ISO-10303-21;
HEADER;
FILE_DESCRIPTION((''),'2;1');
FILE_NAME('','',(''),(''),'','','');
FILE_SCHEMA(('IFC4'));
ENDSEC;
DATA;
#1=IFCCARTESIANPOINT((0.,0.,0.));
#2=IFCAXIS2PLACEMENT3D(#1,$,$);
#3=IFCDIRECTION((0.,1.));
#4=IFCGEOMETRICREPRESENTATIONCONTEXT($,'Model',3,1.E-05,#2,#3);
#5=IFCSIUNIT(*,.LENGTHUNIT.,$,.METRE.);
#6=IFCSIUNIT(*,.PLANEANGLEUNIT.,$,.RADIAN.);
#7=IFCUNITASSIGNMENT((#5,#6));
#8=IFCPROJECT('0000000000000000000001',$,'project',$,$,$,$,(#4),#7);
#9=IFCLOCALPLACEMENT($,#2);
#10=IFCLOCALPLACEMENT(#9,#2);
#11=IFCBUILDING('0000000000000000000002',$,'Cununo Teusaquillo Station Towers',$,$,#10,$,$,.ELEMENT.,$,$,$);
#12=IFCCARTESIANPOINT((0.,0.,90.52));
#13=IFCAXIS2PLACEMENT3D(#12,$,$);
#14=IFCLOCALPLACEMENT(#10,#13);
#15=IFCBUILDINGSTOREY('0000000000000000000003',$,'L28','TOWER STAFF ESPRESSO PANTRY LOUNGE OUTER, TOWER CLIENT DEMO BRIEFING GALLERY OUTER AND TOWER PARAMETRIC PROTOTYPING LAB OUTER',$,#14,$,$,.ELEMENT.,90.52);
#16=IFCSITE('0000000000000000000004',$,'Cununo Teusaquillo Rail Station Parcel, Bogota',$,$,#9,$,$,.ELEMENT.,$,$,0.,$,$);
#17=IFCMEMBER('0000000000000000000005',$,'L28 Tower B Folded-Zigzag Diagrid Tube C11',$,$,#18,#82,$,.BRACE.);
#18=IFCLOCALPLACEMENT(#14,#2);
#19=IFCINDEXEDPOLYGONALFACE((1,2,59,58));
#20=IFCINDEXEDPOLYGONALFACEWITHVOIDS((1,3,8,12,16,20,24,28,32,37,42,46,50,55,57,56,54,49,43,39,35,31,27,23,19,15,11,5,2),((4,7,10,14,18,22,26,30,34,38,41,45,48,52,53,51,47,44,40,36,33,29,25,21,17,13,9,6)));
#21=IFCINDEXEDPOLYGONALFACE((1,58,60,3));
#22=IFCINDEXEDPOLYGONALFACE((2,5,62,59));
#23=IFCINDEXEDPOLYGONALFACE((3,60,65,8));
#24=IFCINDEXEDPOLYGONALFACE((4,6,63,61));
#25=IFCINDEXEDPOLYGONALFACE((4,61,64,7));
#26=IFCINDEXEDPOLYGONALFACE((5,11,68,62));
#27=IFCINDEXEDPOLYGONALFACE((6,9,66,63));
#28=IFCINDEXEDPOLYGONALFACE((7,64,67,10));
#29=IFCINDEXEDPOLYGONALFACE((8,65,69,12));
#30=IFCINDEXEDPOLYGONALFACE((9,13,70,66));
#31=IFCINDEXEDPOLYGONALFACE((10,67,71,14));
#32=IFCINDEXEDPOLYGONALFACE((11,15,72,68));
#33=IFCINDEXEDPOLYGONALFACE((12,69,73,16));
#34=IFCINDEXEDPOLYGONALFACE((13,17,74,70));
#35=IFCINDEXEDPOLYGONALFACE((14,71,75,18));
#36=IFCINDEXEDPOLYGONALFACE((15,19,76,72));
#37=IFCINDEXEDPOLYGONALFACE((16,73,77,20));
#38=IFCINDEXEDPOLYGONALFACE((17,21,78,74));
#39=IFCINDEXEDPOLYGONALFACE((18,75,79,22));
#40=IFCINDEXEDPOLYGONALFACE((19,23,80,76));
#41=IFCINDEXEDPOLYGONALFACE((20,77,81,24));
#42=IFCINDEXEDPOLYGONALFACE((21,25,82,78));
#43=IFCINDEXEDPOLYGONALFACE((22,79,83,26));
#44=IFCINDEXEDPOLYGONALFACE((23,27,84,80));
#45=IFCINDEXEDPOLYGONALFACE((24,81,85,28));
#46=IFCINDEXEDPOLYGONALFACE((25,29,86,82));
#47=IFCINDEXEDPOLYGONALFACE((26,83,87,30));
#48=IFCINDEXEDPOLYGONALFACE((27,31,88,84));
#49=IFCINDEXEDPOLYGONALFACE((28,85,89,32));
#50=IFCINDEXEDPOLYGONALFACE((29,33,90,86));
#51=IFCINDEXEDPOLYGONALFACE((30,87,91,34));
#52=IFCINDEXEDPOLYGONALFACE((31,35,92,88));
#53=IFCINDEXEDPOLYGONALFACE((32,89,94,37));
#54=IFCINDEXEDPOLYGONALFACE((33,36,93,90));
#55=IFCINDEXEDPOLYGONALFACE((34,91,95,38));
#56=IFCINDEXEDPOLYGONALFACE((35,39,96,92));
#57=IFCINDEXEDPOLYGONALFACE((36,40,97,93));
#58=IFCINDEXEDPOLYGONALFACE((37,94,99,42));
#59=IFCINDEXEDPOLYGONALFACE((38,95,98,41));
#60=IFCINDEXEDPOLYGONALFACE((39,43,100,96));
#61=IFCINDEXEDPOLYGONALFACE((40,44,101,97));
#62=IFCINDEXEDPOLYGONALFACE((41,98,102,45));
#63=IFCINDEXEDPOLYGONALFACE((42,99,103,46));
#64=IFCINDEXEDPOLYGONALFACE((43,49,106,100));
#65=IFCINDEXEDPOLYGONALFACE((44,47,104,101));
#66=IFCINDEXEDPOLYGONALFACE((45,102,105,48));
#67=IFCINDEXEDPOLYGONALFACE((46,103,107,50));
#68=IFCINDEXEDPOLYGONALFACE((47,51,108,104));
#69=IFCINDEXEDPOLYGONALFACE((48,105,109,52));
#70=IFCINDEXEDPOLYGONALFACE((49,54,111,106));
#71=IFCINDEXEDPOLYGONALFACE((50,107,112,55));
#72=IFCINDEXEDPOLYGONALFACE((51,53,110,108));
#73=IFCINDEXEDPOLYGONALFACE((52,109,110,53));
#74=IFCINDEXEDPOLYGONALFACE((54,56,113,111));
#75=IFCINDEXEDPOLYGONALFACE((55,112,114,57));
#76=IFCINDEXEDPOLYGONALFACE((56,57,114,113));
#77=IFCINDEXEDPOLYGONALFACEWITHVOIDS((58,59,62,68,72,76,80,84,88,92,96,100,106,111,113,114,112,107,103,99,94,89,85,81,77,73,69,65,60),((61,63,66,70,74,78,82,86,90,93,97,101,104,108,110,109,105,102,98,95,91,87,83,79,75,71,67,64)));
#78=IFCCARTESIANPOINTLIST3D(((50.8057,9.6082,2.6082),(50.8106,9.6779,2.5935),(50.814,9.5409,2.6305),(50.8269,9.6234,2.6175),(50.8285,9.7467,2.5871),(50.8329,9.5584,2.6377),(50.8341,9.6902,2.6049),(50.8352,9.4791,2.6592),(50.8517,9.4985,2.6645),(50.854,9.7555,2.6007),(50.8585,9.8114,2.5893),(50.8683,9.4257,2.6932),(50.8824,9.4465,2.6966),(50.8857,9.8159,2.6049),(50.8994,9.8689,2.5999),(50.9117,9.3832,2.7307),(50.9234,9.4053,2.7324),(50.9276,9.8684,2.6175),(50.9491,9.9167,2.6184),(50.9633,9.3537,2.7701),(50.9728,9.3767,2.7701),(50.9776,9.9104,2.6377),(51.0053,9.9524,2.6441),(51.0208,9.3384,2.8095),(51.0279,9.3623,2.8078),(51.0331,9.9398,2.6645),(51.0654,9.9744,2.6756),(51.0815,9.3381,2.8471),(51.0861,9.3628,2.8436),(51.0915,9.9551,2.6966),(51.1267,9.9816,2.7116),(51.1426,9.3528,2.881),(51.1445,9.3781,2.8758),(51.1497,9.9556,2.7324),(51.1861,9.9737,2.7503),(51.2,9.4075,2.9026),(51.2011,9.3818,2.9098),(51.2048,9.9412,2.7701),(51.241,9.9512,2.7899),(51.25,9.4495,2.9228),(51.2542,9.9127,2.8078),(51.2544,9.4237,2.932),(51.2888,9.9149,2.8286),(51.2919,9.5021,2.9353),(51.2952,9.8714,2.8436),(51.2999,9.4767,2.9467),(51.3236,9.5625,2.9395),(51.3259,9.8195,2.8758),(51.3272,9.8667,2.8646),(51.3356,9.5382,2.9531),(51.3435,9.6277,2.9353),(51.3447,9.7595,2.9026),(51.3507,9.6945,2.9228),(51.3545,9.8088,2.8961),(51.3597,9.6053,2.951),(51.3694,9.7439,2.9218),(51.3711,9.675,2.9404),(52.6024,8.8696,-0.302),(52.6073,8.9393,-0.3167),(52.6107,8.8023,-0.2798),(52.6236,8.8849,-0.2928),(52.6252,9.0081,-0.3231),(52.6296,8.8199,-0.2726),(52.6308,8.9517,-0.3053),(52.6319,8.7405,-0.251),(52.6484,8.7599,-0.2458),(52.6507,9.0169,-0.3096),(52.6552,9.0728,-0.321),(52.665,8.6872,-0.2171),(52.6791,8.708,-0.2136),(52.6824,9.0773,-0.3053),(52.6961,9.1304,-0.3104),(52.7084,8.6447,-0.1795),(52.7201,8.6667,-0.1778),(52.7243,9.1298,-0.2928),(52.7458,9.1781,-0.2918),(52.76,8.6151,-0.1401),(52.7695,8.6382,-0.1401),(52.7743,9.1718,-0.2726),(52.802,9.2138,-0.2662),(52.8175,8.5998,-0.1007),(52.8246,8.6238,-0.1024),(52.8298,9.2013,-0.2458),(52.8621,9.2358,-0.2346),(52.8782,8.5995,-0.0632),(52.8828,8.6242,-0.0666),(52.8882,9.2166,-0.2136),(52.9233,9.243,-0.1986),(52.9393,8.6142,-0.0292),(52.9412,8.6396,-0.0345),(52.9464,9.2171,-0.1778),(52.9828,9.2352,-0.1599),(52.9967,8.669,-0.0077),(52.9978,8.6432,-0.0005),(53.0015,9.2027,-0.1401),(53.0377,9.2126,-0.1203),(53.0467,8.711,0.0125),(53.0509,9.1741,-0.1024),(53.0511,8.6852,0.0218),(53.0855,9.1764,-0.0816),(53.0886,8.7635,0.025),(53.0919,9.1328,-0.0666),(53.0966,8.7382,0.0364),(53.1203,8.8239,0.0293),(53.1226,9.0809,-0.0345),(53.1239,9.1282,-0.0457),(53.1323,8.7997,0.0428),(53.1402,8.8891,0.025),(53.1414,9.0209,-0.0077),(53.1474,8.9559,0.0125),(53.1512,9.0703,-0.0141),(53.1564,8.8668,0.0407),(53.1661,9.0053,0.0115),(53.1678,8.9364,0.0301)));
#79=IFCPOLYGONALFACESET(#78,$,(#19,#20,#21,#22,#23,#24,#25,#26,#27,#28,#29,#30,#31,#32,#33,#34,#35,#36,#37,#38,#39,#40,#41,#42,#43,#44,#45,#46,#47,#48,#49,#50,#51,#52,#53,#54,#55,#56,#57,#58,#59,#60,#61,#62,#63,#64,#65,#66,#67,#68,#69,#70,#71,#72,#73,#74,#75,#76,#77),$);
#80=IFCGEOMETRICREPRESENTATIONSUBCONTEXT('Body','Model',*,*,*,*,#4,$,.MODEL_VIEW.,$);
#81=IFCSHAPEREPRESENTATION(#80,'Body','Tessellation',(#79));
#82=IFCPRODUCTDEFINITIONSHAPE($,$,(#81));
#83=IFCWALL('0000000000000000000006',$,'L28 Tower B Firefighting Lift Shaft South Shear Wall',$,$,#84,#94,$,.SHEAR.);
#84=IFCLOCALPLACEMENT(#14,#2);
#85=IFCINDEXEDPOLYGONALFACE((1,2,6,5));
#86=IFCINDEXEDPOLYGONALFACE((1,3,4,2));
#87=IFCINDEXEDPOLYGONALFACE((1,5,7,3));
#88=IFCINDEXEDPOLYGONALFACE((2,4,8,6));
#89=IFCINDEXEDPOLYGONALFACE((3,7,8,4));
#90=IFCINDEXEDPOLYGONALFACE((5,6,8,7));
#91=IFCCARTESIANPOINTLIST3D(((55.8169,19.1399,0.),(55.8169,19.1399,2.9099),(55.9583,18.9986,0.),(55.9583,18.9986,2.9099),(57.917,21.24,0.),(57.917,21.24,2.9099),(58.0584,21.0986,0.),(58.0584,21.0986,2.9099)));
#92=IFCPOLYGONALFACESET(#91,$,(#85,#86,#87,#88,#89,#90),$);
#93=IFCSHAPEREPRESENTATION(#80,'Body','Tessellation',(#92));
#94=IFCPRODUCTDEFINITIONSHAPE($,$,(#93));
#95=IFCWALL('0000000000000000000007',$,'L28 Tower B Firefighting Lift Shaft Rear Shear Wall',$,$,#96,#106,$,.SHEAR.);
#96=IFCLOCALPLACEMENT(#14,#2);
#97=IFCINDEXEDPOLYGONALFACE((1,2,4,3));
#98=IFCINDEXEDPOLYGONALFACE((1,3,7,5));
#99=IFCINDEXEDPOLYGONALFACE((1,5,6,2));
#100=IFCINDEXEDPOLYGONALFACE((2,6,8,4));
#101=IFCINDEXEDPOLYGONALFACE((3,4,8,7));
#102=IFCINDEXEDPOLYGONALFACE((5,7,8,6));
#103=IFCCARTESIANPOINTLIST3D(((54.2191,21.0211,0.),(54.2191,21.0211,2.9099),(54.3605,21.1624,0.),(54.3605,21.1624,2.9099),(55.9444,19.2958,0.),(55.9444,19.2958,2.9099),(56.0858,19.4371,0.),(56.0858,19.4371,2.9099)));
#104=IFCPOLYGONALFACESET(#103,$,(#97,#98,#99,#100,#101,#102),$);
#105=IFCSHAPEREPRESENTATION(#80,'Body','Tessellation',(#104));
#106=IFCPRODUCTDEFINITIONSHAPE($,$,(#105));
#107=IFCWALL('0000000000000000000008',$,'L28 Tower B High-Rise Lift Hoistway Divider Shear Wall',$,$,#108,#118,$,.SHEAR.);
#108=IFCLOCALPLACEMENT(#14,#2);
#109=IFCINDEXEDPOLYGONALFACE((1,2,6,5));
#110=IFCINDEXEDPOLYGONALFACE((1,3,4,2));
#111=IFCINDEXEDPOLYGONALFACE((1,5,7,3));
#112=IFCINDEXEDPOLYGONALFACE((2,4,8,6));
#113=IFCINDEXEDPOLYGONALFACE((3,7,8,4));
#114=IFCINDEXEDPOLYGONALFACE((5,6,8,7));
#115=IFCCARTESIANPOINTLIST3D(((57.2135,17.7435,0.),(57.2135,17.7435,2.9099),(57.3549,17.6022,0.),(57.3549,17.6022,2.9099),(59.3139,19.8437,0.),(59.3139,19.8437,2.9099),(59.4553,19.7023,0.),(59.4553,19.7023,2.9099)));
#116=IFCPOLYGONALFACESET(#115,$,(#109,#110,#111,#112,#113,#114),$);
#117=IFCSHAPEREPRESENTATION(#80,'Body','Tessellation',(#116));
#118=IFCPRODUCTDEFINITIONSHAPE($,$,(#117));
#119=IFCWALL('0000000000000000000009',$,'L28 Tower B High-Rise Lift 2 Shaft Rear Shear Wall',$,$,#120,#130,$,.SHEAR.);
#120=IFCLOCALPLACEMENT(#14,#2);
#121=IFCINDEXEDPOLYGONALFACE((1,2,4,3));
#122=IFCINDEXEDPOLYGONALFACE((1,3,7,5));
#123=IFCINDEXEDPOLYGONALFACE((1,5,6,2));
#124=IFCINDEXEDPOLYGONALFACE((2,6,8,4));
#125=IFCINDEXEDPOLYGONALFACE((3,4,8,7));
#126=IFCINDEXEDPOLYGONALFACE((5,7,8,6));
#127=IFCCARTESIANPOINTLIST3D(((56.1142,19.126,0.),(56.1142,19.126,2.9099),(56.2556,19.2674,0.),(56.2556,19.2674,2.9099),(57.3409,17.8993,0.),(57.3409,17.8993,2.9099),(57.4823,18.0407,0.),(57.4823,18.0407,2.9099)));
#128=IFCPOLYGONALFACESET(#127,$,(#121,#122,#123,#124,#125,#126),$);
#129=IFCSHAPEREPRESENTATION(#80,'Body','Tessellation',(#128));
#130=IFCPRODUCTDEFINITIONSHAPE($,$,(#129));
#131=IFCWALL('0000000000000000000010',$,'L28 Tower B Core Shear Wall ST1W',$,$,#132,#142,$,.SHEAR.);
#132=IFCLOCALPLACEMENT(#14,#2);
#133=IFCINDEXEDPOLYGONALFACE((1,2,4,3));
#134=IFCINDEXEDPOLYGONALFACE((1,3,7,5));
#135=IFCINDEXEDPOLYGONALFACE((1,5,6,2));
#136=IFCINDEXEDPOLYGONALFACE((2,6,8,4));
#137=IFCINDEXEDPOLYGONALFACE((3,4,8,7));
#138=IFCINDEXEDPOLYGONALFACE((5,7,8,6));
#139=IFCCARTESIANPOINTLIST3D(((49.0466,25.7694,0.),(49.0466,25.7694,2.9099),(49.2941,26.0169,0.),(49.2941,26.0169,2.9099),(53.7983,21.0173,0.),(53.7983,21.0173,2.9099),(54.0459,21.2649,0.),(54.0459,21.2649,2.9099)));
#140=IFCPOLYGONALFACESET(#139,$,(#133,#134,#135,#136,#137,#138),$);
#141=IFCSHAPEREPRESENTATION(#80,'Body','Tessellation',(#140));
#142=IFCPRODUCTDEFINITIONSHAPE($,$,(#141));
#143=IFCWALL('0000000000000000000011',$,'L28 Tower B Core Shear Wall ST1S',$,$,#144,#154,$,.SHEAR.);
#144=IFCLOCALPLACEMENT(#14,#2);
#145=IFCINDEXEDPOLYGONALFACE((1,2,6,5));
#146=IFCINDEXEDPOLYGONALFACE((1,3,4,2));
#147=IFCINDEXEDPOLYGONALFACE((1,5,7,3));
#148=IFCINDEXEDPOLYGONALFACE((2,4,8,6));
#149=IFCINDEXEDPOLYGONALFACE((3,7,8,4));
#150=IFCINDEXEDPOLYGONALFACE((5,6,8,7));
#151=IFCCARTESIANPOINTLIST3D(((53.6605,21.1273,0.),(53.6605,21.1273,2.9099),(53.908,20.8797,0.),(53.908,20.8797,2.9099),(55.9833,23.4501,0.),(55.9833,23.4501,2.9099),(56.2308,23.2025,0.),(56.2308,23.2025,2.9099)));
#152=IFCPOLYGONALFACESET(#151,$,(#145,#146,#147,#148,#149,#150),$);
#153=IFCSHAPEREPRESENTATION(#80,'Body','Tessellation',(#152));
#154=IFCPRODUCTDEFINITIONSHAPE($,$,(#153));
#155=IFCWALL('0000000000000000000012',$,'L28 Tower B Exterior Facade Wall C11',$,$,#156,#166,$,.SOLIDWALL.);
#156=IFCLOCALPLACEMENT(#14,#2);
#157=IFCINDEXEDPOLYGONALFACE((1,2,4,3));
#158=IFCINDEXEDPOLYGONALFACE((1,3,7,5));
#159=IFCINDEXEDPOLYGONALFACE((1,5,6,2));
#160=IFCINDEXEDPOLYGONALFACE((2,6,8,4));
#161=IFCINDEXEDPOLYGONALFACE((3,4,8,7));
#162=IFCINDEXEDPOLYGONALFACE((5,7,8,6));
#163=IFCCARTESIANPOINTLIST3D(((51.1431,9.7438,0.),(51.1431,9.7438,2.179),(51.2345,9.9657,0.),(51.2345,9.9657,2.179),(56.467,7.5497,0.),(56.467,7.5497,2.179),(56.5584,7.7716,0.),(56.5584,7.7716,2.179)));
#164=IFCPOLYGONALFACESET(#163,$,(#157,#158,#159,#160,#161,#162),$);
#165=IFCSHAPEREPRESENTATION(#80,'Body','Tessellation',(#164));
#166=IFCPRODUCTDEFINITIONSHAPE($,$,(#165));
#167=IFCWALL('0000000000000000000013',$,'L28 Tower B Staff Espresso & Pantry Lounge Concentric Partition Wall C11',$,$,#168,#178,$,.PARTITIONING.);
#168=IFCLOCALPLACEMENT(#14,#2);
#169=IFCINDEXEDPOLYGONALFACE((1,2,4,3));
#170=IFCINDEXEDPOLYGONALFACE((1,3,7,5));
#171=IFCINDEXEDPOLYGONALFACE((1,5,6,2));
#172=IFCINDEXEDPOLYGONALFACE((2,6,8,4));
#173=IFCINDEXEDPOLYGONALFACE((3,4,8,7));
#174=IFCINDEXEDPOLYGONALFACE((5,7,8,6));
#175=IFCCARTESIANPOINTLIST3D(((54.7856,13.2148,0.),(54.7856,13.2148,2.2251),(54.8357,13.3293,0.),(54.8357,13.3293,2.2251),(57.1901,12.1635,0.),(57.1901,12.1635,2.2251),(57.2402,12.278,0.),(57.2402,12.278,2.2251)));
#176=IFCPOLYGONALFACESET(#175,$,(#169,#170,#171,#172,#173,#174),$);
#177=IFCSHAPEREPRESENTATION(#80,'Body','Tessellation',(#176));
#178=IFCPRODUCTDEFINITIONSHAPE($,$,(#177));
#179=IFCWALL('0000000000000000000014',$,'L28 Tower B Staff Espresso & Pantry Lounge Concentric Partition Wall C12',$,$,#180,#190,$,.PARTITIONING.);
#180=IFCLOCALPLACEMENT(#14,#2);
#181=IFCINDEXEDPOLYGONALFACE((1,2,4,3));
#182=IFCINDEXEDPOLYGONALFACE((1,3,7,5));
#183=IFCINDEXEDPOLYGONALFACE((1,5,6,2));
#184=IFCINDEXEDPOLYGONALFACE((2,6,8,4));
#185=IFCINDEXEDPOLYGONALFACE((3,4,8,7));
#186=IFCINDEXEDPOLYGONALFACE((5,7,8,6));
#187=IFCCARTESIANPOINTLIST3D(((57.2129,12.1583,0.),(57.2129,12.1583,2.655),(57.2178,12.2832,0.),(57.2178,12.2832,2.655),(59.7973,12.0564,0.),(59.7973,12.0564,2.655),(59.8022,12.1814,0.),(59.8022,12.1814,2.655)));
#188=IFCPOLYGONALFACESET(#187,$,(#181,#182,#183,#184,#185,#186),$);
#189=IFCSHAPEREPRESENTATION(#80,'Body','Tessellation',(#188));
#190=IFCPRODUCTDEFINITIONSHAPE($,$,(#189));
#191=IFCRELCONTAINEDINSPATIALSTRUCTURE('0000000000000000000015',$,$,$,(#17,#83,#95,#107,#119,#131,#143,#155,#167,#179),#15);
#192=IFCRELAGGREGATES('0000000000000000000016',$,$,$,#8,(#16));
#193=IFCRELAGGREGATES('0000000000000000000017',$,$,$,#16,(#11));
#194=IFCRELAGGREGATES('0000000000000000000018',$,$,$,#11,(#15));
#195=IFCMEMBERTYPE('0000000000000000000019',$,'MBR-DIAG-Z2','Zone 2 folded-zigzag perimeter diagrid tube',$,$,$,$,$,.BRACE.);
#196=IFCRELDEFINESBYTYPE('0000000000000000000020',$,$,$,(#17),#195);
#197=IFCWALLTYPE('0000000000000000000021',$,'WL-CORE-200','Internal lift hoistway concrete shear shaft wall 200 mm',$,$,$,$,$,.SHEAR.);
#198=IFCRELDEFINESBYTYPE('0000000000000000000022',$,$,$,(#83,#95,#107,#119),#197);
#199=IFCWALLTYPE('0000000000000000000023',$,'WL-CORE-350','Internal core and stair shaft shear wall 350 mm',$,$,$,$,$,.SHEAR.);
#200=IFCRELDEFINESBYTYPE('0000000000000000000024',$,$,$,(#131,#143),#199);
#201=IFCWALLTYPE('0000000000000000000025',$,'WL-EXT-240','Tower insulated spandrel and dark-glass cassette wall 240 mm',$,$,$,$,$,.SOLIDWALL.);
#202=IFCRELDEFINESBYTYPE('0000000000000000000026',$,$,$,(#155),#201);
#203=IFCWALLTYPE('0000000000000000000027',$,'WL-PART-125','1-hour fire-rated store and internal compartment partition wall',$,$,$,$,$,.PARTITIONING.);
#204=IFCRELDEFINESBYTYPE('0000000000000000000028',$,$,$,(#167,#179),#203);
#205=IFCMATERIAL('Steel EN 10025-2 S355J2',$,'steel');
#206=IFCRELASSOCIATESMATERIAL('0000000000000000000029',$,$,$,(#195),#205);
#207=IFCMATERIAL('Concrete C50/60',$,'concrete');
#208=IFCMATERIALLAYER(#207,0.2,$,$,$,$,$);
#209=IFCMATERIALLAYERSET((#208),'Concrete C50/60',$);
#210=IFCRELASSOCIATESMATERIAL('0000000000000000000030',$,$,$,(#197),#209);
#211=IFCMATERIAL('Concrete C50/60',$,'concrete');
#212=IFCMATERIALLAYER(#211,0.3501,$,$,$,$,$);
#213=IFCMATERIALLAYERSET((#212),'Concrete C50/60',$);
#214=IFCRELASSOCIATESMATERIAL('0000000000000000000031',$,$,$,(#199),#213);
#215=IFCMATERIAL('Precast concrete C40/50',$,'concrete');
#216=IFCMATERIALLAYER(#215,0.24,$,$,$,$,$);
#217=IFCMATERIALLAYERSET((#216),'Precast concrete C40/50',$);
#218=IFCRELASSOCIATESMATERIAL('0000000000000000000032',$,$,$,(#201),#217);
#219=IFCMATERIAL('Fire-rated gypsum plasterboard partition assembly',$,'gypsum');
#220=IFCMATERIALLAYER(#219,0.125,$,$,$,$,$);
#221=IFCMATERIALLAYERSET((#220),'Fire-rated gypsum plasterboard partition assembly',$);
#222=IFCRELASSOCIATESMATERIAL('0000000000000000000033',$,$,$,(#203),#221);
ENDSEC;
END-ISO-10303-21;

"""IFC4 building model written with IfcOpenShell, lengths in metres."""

from ifc_helpers import new_model, si_unit, direction, frame, frame_2d, origin, origin_2d, place, context, subcontext, project, spatial, rectangle, hollow_circle, extrude, material, layer, layer_set, material_profile, profile_set, type_object, element, save


model = new_model("IFC4")

# Units and contexts
model_context = context("Model", 3, precision=1e-05, world=origin(), true_north=direction((0.0, 1.0)))
body_context = subcontext(model_context, "Body", "Model", "MODEL_VIEW")
ifc_project = project(units=[si_unit("LENGTHUNIT", "METRE"), si_unit("PLANEANGLEUNIT", "RADIAN")], contexts=[model_context])

# Site, building, storey
site_placement = place(None, origin())
site = spatial("IfcSite", under=ifc_project, at=site_placement, Name="Cununo Teusaquillo Rail Station Parcel, Bogota", CompositionType="ELEMENT", RefElevation=0.0)
building_placement = place(site_placement, origin())
building = spatial("IfcBuilding", under=site, at=building_placement, Name="Cununo Teusaquillo Station Towers", CompositionType="ELEMENT")
storey_placement = place(building_placement, frame((0.0, 0.0, 90.52)))
storey = spatial("IfcBuildingStorey", under=building, at=storey_placement, Name="L28", Description="TOWER STAFF ESPRESSO PANTRY LOUNGE OUTER, TOWER CLIENT DEMO BRIEFING GALLERY OUTER AND TOWER PARAMETRIC PROTOTYPING LAB OUTER", CompositionType="ELEMENT", Elevation=90.52)

# Member
ifc_material_1 = material(Name="Steel EN 10025-2 S355J2", Category="steel")
ifc_material_profile_1 = material_profile(ifc_material_1, hollow_circle(Radius=0.3301, WallThickness=0.0249, at=origin_2d()), Name="CHS 660x25")
ifc_profile_set_1 = profile_set([ifc_material_profile_1], Name="Steel EN 10025-2 S355J2")
member_type = type_object("IfcMemberType", Name="MBR-DIAG-Z2", Description="Zone 2 folded-zigzag perimeter diagrid tube", PredefinedType="BRACE", material=ifc_profile_set_1)
member_placement = place(storey_placement, frame((52.8855, 8.9204, -0.1401), z_axis=(-0.513484, 0.211074, 0.831734), x_axis=(-0.380193, -0.924907, 0.0)))
element("IfcMember", 1, at=member_placement, inside=storey, type_object=member_type, Name="L28 Tower B Folded-Zigzag Diagrid Tube C11", PredefinedType="BRACE", context=body_context, shape_type="SweptSolid", body=[
    extrude(hollow_circle(Radius=0.3301, WallThickness=0.0249, at=origin_2d()), origin(), (0.0, 0.0, 1.0), 3.499),
])

# Walls
ifc_material_2 = material(Name="Concrete C50/60", Category="concrete")
ifc_layer_1 = layer(ifc_material_2, 0.2)
ifc_layer_set_1 = layer_set([ifc_layer_1], Name="Concrete C50/60")
wall_type_1 = type_object("IfcWallType", Name="WL-CORE-200", Description="Internal lift hoistway concrete shear shaft wall 200 mm", PredefinedType="SHEAR", material=ifc_layer_set_1)
wall_1_placement = place(storey_placement, frame((55.8877, 19.0693, 0.0), z_axis=(0.0, 0.0, 1.0), x_axis=(0.707107, 0.707107, 0.0)))
element("IfcWall", 2, at=wall_1_placement, inside=storey, type_object=wall_type_1, Name="L28 Tower B Firefighting Lift Shaft South Shear Wall", PredefinedType="SHEAR", context=body_context, shape_type="SweptSolid", body=[
    extrude(rectangle(XDim=2.97, YDim=0.2, at=frame_2d((1.4849, 0.0))), origin(), (0.0, 0.0, 1.0), 2.9099),
])
wall_2_placement = place(storey_placement, frame((56.0151, 19.3665, 0.0), z_axis=(0.0, 0.0, 1.0), x_axis=(-0.707107, 0.707107, 0.0)))
element("IfcWall", 3, at=wall_2_placement, inside=storey, type_object=wall_type_1, Name="L28 Tower B Firefighting Lift Shaft Rear Shear Wall", PredefinedType="SHEAR", context=body_context, shape_type="SweptSolid", body=[
    extrude(rectangle(XDim=2.4399, YDim=0.2, at=frame_2d((1.22, 0.0))), origin(), (0.0, 0.0, 1.0), 2.9099),
])
wall_3_placement = place(storey_placement, frame((57.2842, 17.6729, 0.0), z_axis=(0.0, 0.0, 1.0), x_axis=(0.707148, 0.707066, 0.0)))
element("IfcWall", 4, at=wall_3_placement, inside=storey, type_object=wall_type_1, Name="L28 Tower B High-Rise Lift Hoistway Divider Shear Wall", PredefinedType="SHEAR", context=body_context, shape_type="SweptSolid", body=[
    extrude(rectangle(XDim=2.9702, YDim=0.2, at=frame_2d((1.4851, 0.0))), origin(), (0.0, 0.0, 1.0), 2.9099),
])
wall_4_placement = place(storey_placement, frame((57.4116, 17.97, 0.0), z_axis=(0.0, 0.0, 1.0), x_axis=(-0.707107, 0.707107, 0.0)))
element("IfcWall", 5, at=wall_4_placement, inside=storey, type_object=wall_type_1, Name="L28 Tower B High-Rise Lift 2 Shaft Rear Shear Wall", PredefinedType="SHEAR", context=body_context, shape_type="SweptSolid", body=[
    extrude(rectangle(XDim=1.7349, YDim=0.2, at=frame_2d((0.8674, 0.0))), origin(), (0.0, 0.0, 1.0), 2.9099),
])
ifc_material_3 = material(Name="Concrete C50/60", Category="concrete")
ifc_layer_2 = layer(ifc_material_3, 0.3501)
ifc_layer_set_2 = layer_set([ifc_layer_2], Name="Concrete C50/60")
wall_type_2 = type_object("IfcWallType", Name="WL-CORE-350", Description="Internal core and stair shaft shear wall 350 mm", PredefinedType="SHEAR", material=ifc_layer_set_2)
wall_5_placement = place(storey_placement, frame((53.9221, 21.1411, 0.0), z_axis=(0.0, 0.0, 1.0), x_axis=(-0.707089, 0.707125, 0.0)))
element("IfcWall", 6, at=wall_5_placement, inside=storey, type_object=wall_type_2, Name="L28 Tower B Core Shear Wall ST1W", PredefinedType="SHEAR", context=body_context, shape_type="SweptSolid", body=[
    extrude(rectangle(XDim=6.7202, YDim=0.3501, at=frame_2d((3.3601, 0.0))), origin(), (0.0, 0.0, 1.0), 2.9099),
])
wall_6_placement = place(storey_placement, frame((53.7842, 21.0034, 0.0), z_axis=(0.0, 0.0, 1.0), x_axis=(0.707107, 0.707107, 0.0)))
element("IfcWall", 7, at=wall_6_placement, inside=storey, type_object=wall_type_2, Name="L28 Tower B Core Shear Wall ST1S", PredefinedType="SHEAR", context=body_context, shape_type="SweptSolid", body=[
    extrude(rectangle(XDim=3.2849, YDim=0.3501, at=frame_2d((1.6426, 0.0))), origin(), (0.0, 0.0, 1.0), 2.9099),
])
ifc_material_4 = material(Name="Precast concrete C40/50", Category="concrete")
ifc_layer_3 = layer(ifc_material_4, 0.24)
ifc_layer_set_3 = layer_set([ifc_layer_3], Name="Precast concrete C40/50")
wall_type_3 = type_object("IfcWallType", Name="WL-EXT-240", Description="Tower insulated spandrel and dark-glass cassette wall 240 mm", PredefinedType="SOLIDWALL", material=ifc_layer_set_3)
wall_7_placement = place(storey_placement, frame((56.5127, 7.6606, 0.0), z_axis=(0.0, 0.0, 1.0), x_axis=(-0.924564, 0.381027, 0.0)))
element("IfcWall", 8, at=wall_7_placement, inside=storey, type_object=wall_type_3, Name="L28 Tower B Exterior Facade Wall C11", PredefinedType="SOLIDWALL", context=body_context, shape_type="SweptSolid", body=[
    extrude(rectangle(XDim=5.7583, YDim=0.24, at=frame_2d((2.8792, 0.0))), origin(), (0.0, 0.0, 1.0), 2.179),
])
ifc_material_5 = material(Name="Fire-rated gypsum plasterboard partition assembly", Category="gypsum")
ifc_layer_4 = layer(ifc_material_5, 0.125)
ifc_layer_set_4 = layer_set([ifc_layer_4], Name="Fire-rated gypsum plasterboard partition assembly")
wall_type_4 = type_object("IfcWallType", Name="WL-PART-125", Description="1-hour fire-rated store and internal compartment partition wall", PredefinedType="PARTITIONING", material=ifc_layer_set_4)
wall_8_placement = place(storey_placement, frame((54.8108, 13.272, 0.0), z_axis=(0.0, 0.0, 1.0), x_axis=(0.916258, -0.400589, 0.0)))
element("IfcWall", 9, at=wall_8_placement, inside=storey, type_object=wall_type_4, Name="L28 Tower B Staff Espresso & Pantry Lounge Concentric Partition Wall C11", PredefinedType="PARTITIONING", context=body_context, shape_type="SweptSolid", body=[
    extrude(rectangle(XDim=2.6243, YDim=0.125, at=frame_2d((1.312, 0.0))), origin(), (0.0, 0.0, 1.0), 2.2251),
])
wall_9_placement = place(storey_placement, frame((57.2153, 12.2207, 0.0), z_axis=(0.0, 0.0, 1.0), x_axis=(0.999225, -0.039361, 0.0)))
element("IfcWall", 10, at=wall_9_placement, inside=storey, type_object=wall_type_4, Name="L28 Tower B Staff Espresso & Pantry Lounge Concentric Partition Wall C12", PredefinedType="PARTITIONING", context=body_context, shape_type="SweptSolid", body=[
    extrude(rectangle(XDim=2.5864, YDim=0.125, at=frame_2d((1.2932, 0.0))), origin(), (0.0, 0.0, 1.0), 2.655),
])

save(model, "model.ifc")
